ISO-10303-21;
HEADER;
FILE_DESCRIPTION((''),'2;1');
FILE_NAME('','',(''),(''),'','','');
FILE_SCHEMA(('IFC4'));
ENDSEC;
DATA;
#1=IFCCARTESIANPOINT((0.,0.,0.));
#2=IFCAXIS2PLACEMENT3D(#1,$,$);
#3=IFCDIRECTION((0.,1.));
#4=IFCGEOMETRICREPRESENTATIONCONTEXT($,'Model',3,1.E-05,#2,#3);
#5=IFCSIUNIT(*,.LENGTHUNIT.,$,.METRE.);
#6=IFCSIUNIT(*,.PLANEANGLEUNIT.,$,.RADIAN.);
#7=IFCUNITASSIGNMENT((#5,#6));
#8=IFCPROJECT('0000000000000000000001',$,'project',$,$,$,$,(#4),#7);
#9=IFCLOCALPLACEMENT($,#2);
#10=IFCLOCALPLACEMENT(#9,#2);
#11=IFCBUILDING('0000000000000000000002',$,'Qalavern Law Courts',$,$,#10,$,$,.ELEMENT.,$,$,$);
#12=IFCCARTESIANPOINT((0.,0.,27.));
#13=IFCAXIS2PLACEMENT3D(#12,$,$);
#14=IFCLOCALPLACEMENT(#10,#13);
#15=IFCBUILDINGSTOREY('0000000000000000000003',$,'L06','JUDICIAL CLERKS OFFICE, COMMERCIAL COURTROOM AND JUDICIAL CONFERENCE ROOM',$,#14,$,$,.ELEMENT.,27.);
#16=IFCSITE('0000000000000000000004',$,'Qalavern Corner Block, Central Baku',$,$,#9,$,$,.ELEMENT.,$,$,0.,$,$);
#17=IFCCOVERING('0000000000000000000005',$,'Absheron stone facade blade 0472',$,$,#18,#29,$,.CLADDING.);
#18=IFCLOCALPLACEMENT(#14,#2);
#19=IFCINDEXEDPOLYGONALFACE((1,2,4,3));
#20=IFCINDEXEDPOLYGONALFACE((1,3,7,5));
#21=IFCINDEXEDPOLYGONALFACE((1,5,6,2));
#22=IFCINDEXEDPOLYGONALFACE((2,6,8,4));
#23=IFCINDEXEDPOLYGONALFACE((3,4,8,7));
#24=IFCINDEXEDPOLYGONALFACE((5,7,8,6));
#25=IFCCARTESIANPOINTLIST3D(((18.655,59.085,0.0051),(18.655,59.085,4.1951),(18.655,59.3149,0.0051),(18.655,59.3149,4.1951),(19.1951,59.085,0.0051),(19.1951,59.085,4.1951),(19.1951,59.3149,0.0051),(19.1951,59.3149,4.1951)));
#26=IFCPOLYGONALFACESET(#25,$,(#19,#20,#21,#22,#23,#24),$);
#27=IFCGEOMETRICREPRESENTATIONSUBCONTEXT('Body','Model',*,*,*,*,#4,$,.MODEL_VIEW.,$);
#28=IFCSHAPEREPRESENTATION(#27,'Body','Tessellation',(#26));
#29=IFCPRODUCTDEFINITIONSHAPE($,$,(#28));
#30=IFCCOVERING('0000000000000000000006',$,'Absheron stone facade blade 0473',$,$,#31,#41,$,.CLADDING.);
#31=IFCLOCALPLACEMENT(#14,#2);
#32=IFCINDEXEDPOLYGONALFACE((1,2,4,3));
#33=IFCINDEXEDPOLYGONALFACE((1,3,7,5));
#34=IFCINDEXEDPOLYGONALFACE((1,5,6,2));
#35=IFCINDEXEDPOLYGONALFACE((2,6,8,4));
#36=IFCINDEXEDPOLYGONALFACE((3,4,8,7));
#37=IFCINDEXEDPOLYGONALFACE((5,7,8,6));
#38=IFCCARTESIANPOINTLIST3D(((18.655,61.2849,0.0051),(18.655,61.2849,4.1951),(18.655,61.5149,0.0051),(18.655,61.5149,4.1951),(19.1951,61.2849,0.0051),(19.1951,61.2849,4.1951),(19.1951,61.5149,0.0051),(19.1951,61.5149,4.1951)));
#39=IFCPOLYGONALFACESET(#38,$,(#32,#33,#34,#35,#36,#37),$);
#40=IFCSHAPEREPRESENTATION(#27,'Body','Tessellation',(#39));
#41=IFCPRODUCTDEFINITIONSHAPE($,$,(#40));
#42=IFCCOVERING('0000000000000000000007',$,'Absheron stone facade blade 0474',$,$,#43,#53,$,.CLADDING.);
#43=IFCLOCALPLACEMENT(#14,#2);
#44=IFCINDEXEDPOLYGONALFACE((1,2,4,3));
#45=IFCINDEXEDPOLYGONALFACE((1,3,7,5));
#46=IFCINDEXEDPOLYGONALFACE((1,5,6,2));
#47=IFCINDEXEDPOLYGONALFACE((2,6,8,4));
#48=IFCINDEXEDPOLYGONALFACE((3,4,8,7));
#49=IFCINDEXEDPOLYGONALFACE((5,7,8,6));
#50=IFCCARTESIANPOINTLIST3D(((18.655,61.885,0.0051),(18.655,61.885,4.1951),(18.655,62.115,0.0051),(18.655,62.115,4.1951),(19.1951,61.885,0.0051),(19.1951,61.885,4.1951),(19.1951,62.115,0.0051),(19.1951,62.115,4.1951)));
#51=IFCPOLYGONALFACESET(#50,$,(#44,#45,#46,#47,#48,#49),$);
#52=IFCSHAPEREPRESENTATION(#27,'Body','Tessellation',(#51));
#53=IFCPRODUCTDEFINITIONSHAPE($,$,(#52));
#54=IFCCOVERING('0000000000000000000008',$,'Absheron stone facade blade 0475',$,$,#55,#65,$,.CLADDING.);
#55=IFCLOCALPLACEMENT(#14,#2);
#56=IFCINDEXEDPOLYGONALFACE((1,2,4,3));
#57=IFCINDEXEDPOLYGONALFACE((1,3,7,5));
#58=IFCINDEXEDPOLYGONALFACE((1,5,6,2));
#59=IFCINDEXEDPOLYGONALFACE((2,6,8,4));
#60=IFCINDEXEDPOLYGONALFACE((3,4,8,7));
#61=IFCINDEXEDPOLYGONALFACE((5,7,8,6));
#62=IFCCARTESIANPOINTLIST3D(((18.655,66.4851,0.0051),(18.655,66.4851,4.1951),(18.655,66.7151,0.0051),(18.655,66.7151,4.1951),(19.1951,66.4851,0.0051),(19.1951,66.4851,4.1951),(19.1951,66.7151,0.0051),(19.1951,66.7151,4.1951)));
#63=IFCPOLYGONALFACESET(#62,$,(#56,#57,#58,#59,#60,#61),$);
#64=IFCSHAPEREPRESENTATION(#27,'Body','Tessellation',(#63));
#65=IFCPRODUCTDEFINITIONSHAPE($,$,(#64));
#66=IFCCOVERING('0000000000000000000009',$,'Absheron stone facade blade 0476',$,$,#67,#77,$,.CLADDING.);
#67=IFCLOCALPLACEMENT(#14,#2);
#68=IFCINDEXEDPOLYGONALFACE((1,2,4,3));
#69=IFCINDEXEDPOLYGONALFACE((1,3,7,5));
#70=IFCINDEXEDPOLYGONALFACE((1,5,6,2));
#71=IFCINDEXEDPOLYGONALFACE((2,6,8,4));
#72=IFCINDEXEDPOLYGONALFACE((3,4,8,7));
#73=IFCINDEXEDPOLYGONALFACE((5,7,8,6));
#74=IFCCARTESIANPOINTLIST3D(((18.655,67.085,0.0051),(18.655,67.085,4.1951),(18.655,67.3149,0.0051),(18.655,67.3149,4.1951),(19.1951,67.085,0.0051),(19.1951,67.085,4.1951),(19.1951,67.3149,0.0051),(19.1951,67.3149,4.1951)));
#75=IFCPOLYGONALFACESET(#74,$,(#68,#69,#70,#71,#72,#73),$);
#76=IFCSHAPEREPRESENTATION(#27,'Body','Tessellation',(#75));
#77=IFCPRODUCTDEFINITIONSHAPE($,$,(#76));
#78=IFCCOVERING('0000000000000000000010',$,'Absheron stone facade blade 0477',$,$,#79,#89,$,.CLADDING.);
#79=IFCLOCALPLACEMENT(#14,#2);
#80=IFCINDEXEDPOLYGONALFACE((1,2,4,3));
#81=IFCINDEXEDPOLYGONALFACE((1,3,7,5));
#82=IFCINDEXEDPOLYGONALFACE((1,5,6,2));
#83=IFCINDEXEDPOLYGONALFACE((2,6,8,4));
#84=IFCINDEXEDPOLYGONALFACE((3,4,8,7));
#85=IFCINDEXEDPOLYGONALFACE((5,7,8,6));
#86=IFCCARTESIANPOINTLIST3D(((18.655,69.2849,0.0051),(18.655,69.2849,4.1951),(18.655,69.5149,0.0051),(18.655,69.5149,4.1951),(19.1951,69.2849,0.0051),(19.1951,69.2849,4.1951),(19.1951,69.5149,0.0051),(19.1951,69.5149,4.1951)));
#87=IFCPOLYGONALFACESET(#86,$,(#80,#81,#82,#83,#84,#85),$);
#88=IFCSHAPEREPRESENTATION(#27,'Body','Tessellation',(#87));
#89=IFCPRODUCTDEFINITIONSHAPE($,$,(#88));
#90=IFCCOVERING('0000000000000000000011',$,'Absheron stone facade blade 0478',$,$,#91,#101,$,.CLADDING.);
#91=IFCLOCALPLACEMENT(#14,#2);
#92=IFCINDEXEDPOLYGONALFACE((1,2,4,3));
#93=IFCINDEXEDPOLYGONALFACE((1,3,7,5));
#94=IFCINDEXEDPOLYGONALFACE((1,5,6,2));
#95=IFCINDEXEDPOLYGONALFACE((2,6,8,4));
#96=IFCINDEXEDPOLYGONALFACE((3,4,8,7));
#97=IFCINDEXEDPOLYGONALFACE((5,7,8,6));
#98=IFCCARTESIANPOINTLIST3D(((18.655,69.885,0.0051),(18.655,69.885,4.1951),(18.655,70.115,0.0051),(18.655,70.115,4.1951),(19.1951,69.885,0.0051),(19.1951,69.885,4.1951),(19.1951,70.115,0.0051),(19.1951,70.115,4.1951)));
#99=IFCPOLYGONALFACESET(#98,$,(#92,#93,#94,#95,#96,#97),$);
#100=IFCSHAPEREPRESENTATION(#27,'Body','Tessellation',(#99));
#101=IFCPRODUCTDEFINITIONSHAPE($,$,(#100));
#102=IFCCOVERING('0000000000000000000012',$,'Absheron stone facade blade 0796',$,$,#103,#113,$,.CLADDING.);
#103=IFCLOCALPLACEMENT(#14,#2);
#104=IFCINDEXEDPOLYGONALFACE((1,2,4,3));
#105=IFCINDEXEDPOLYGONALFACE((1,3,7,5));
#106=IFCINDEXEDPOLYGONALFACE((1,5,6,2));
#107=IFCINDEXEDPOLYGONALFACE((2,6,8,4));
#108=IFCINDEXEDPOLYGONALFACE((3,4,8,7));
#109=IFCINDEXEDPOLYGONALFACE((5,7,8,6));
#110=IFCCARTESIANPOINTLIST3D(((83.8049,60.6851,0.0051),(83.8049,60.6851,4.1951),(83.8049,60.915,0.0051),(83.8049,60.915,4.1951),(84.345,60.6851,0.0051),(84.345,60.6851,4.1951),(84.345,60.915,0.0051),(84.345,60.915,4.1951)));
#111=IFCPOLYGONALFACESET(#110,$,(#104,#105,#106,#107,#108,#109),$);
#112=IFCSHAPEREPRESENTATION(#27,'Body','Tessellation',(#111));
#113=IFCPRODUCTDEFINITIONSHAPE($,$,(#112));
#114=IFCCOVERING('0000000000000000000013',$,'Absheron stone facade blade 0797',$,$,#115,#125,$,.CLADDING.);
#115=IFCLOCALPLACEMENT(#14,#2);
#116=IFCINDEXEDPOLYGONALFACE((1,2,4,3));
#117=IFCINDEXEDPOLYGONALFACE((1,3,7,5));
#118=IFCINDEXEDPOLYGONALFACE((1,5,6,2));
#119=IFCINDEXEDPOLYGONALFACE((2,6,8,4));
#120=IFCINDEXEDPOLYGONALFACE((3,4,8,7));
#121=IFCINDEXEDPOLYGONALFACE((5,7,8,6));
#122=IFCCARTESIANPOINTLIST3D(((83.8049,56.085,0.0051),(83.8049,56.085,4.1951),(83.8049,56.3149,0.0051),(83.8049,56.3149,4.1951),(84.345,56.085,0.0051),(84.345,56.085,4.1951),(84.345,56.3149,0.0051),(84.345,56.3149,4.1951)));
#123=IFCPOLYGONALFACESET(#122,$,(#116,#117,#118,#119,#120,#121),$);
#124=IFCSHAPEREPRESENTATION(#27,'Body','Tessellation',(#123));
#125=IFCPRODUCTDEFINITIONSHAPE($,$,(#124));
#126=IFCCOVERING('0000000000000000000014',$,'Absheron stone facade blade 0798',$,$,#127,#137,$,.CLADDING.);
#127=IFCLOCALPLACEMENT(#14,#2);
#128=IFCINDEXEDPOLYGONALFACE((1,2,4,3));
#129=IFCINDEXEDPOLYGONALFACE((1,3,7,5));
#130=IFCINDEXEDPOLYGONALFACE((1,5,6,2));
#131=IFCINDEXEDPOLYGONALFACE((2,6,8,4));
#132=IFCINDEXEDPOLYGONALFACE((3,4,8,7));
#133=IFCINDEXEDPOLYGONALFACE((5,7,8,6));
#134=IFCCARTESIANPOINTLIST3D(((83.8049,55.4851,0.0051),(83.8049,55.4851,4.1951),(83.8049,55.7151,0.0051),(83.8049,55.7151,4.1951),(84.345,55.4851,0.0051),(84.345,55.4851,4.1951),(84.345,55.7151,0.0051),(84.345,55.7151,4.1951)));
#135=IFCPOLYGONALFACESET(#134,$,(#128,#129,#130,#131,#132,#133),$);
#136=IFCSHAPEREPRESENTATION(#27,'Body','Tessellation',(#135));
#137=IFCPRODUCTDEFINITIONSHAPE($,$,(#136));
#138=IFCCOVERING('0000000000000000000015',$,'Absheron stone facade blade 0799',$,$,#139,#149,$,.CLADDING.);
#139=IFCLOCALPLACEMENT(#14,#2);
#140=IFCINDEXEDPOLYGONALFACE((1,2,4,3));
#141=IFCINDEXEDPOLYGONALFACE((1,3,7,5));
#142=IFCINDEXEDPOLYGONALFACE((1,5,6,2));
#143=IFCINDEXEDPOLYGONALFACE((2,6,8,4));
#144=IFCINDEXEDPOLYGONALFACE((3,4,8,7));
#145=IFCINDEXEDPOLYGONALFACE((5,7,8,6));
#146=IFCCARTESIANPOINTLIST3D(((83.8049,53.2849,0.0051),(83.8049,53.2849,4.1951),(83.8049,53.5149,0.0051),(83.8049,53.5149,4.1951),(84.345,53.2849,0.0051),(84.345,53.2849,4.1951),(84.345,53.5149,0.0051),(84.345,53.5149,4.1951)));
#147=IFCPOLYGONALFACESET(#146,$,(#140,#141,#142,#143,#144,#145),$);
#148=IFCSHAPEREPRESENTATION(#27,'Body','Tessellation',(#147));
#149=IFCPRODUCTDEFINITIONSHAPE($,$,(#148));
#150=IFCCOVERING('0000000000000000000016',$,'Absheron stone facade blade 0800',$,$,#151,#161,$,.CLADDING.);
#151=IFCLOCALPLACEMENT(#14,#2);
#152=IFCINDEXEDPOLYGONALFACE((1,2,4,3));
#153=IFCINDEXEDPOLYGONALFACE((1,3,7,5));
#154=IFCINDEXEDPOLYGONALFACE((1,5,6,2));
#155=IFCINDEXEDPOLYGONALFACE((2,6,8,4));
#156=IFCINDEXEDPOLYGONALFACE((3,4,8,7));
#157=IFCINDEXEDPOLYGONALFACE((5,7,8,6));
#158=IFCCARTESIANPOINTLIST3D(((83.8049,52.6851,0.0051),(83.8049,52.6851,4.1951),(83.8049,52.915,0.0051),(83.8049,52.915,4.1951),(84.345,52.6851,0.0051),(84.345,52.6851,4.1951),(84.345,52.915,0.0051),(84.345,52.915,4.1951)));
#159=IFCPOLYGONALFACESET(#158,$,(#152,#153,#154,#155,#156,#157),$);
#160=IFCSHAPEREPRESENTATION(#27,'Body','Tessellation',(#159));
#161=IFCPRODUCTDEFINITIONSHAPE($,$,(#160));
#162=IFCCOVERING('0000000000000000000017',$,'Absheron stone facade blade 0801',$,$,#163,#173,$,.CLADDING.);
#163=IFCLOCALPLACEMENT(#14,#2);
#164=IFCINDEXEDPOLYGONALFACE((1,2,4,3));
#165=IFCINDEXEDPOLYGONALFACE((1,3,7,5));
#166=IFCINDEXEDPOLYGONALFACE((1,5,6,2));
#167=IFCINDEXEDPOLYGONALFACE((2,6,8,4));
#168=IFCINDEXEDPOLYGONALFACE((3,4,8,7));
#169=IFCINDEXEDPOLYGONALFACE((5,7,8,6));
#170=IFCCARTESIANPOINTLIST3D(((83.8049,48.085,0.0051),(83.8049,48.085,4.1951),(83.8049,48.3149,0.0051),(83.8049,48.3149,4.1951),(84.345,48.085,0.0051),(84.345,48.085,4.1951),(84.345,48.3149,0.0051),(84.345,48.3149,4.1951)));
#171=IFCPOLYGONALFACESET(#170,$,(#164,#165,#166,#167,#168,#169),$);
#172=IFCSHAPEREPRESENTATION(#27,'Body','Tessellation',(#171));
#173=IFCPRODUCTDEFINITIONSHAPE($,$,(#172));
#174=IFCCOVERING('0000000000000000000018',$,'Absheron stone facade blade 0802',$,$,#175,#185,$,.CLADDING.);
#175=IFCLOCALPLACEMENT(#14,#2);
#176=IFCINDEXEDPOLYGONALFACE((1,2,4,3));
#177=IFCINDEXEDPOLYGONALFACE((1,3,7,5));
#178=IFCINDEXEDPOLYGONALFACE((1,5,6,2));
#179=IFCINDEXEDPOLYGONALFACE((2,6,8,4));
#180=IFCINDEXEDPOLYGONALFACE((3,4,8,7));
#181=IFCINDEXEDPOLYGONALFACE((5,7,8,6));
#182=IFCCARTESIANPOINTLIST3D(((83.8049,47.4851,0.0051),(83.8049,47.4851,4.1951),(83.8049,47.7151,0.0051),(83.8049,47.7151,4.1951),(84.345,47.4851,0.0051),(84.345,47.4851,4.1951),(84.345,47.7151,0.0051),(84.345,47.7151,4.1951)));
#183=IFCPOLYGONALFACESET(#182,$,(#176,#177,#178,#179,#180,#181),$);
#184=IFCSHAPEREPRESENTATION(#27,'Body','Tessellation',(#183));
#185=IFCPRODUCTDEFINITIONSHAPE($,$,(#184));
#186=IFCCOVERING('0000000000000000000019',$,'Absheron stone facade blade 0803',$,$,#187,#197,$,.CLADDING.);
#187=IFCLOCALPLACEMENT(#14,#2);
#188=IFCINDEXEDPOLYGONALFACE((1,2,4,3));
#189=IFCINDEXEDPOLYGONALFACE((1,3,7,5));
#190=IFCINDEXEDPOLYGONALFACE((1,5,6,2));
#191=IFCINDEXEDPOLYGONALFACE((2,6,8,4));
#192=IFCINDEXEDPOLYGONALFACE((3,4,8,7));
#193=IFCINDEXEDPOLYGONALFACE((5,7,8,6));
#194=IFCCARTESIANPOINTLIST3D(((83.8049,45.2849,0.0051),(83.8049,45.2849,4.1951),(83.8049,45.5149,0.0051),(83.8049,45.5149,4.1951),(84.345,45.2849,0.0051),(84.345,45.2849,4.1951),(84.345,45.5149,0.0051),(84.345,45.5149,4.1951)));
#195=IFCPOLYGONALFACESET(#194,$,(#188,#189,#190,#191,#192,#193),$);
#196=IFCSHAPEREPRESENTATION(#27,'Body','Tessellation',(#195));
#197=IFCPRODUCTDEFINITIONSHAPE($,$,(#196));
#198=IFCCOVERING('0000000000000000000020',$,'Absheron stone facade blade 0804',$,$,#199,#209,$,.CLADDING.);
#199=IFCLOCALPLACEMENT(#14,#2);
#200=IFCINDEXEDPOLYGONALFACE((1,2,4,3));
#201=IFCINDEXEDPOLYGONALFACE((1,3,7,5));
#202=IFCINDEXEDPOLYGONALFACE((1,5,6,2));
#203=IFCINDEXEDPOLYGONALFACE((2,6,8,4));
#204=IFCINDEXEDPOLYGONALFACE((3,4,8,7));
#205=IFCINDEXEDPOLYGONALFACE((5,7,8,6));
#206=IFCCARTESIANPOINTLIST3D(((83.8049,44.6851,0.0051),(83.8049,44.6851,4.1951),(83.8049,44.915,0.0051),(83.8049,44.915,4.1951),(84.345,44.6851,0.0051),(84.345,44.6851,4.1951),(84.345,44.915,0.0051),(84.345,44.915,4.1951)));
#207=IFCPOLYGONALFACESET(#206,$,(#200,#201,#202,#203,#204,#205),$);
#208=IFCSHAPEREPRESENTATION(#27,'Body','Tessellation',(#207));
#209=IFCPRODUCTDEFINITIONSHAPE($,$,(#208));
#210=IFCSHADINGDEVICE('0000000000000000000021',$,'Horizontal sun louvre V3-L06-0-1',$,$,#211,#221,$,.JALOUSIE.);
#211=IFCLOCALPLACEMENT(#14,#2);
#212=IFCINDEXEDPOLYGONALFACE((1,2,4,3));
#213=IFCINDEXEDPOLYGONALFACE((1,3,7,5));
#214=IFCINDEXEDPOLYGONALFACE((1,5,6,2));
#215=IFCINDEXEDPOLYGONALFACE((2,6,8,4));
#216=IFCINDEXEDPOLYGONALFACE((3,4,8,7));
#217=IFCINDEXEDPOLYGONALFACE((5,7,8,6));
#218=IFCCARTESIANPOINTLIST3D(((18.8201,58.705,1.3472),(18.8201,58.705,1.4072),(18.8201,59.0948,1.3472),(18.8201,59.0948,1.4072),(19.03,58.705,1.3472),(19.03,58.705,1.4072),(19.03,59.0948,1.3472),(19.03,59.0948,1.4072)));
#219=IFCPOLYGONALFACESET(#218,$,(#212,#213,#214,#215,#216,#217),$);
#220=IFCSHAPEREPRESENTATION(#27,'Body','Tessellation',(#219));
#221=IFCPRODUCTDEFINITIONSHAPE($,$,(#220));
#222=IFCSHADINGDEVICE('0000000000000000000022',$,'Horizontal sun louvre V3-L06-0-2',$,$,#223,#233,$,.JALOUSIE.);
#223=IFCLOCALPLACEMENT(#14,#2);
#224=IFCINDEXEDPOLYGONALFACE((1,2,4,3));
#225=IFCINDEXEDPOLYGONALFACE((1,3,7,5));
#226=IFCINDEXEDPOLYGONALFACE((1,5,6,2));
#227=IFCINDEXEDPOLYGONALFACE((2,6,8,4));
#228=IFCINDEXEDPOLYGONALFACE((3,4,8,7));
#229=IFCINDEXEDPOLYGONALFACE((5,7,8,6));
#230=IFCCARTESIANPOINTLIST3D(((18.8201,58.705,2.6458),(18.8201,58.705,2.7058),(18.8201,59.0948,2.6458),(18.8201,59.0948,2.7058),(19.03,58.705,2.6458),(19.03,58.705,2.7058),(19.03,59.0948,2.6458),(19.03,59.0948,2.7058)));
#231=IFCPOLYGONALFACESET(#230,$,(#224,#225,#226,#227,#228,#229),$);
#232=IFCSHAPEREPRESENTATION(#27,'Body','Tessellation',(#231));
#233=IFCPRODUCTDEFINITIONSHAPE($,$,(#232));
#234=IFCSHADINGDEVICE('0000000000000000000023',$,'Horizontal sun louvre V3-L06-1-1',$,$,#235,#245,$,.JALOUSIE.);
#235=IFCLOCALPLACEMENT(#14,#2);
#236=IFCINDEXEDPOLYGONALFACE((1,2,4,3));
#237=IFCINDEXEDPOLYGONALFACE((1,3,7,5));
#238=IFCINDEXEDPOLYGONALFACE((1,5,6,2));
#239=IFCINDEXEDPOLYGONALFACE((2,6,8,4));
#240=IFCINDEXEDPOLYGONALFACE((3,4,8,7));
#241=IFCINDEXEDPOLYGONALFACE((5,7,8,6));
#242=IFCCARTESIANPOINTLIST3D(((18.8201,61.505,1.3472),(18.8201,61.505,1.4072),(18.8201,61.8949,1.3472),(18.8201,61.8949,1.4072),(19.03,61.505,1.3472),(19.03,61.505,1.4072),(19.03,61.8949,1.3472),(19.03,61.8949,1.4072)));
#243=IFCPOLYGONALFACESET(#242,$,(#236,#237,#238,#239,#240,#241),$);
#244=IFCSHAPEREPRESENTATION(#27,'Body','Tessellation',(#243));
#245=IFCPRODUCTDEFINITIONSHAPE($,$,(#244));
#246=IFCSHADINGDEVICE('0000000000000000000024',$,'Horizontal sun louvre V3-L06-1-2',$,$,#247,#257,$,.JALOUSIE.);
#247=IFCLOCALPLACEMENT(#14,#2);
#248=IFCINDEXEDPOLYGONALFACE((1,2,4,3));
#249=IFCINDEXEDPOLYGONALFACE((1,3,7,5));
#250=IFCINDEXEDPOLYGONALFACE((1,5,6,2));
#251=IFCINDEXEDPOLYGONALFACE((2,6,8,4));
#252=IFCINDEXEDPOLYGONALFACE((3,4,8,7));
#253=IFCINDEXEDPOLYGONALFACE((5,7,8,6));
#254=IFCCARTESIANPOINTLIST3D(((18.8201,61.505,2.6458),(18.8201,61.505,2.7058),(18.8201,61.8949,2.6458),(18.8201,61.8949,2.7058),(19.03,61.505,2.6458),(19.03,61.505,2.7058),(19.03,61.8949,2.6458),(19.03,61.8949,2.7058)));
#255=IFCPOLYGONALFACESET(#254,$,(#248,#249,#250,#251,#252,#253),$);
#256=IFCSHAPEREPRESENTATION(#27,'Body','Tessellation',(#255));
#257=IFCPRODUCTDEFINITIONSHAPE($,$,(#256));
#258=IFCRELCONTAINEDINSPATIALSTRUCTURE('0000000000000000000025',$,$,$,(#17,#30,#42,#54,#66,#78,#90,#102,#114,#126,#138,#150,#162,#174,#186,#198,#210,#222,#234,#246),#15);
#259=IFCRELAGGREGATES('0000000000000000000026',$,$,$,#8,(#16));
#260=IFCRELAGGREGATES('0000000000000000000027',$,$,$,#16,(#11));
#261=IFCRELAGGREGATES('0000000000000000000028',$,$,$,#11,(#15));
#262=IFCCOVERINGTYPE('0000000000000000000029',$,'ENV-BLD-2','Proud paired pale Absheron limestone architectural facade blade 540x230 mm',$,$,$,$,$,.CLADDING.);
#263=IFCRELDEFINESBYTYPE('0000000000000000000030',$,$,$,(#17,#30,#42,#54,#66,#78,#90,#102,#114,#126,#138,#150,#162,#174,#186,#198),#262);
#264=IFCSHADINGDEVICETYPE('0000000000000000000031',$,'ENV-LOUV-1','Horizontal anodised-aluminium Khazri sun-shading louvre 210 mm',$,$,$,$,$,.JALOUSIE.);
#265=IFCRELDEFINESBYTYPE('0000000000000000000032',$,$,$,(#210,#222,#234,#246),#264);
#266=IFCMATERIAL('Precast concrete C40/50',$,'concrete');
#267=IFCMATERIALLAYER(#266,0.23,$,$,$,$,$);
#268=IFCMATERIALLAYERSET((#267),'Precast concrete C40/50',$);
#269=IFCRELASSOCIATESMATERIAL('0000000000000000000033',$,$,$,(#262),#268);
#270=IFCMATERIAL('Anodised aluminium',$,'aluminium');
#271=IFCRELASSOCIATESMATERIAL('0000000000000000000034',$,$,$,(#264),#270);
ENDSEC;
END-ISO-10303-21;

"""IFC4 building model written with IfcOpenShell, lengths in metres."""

from ifc_helpers import new_model, si_unit, direction, frame, origin, origin_2d, place, context, subcontext, project, spatial, rectangle, extrude, material, layer, layer_set, type_object, element, save


model = new_model("IFC4")

# Units and contexts
model_context = context("Model", 3, precision=1e-05, world=origin(), true_north=direction((0.0, 1.0)))
body_context = subcontext(model_context, "Body", "Model", "MODEL_VIEW")
ifc_project = project(units=[si_unit("LENGTHUNIT", "METRE"), si_unit("PLANEANGLEUNIT", "RADIAN")], contexts=[model_context])

# Site, building, storey
site_placement = place(None, origin())
site = spatial("IfcSite", under=ifc_project, at=site_placement, Name="Qalavern Corner Block, Central Baku", CompositionType="ELEMENT", RefElevation=0.0)
building_placement = place(site_placement, origin())
building = spatial("IfcBuilding", under=site, at=building_placement, Name="Qalavern Law Courts", CompositionType="ELEMENT")
storey_placement = place(building_placement, frame((0.0, 0.0, 27.0)))
storey = spatial("IfcBuildingStorey", under=building, at=storey_placement, Name="L06", Description="JUDICIAL CLERKS OFFICE, COMMERCIAL COURTROOM AND JUDICIAL CONFERENCE ROOM", CompositionType="ELEMENT", Elevation=27.0)

# Coverings
ifc_material_1 = material(Name="Precast concrete C40/50", Category="concrete")
ifc_layer = layer(ifc_material_1, 0.23)
ifc_layer_set = layer_set([ifc_layer], Name="Precast concrete C40/50")
covering_type = type_object("IfcCoveringType", Name="ENV-BLD-2", Description="Proud paired pale Absheron limestone architectural facade blade 540x230 mm", PredefinedType="CLADDING", material=ifc_layer_set)
for number, where, z_axis, x_axis, name in (
    (1, (18.925, 59.2, 0.0051), (0.0, 0.0, 1.0), (1.0, 0.0, 0.0), "Absheron stone facade blade 0472"),
    (2, (18.925, 61.3999, 0.0051), (0.0, 0.0, 1.0), (1.0, 0.0, 0.0), "Absheron stone facade blade 0473"),
    (3, (18.925, 62.0, 0.0051), (0.0, 0.0, 1.0), (1.0, 0.0, 0.0), "Absheron stone facade blade 0474"),
    (4, (18.925, 66.6001, 0.0051), (0.0, 0.0, 1.0), (1.0, 0.0, 0.0), "Absheron stone facade blade 0475"),
    (5, (18.925, 67.2, 0.0051), (0.0, 0.0, 1.0), (1.0, 0.0, 0.0), "Absheron stone facade blade 0476"),
    (6, (18.925, 69.3999, 0.0051), (0.0, 0.0, 1.0), (1.0, 0.0, 0.0), "Absheron stone facade blade 0477"),
    (7, (18.925, 70.0, 0.0051), (0.0, 0.0, 1.0), (1.0, 0.0, 0.0), "Absheron stone facade blade 0478"),
    (8, (84.075, 60.8, 0.0051), (0.0, 0.0, 1.0), (-1.0, 0.0, 0.0), "Absheron stone facade blade 0796"),
    (9, (84.075, 56.2, 0.0051), (0.0, 0.0, 1.0), (-1.0, 0.0, 0.0), "Absheron stone facade blade 0797"),
    (10, (84.075, 55.6001, 0.0051), (0.0, 0.0, 1.0), (-1.0, 0.0, 0.0), "Absheron stone facade blade 0798"),
    (11, (84.075, 53.3999, 0.0051), (0.0, 0.0, 1.0), (-1.0, 0.0, 0.0), "Absheron stone facade blade 0799"),
    (12, (84.075, 52.8, 0.0051), (0.0, 0.0, 1.0), (-1.0, 0.0, 0.0), "Absheron stone facade blade 0800"),
    (13, (84.075, 48.2, 0.0051), (0.0, 0.0, 1.0), (-1.0, 0.0, 0.0), "Absheron stone facade blade 0801"),
    (14, (84.075, 47.6001, 0.0051), (0.0, 0.0, 1.0), (-1.0, 0.0, 0.0), "Absheron stone facade blade 0802"),
    (15, (84.075, 45.3999, 0.0051), (0.0, 0.0, 1.0), (-1.0, 0.0, 0.0), "Absheron stone facade blade 0803"),
    (16, (84.075, 44.8, 0.0051), (0.0, 0.0, 1.0), (-1.0, 0.0, 0.0), "Absheron stone facade blade 0804"),
):
    element("IfcCovering", number, at=place(storey_placement, frame(where, z_axis=z_axis, x_axis=x_axis)), inside=storey, type_object=covering_type, Name=name, PredefinedType="CLADDING", context=body_context, shape_type="SweptSolid", body=[
        extrude(rectangle(XDim=0.54, YDim=0.23, at=origin_2d()), origin(), (0.0, 0.0, 1.0), 4.1899),
    ])

# Shading devices
ifc_material_2 = material(Name="Anodised aluminium", Category="aluminium")
shading_device_type_1 = type_object("IfcShadingDeviceType", Name="ENV-LOUV-1", Description="Horizontal anodised-aluminium Khazri sun-shading louvre 210 mm", PredefinedType="JALOUSIE", material=ifc_material_2)
for number, where, z_axis, x_axis, name in (
    (17, (18.925, 58.8999, 1.3472), (0.0, 0.0, 1.0), (0.0, 1.0, 0.0), "Horizontal sun louvre V3-L06-0-1"),
    (18, (18.925, 58.8999, 2.6458), (0.0, 0.0, 1.0), (0.0, 1.0, 0.0), "Horizontal sun louvre V3-L06-0-2"),
    (19, (18.925, 61.7, 1.3472), (0.0, 0.0, 1.0), (0.0, 1.0, 0.0), "Horizontal sun louvre V3-L06-1-1"),
    (20, (18.925, 61.7, 2.6458), (0.0, 0.0, 1.0), (0.0, 1.0, 0.0), "Horizontal sun louvre V3-L06-1-2"),
):
    element("IfcShadingDevice", number, at=place(storey_placement, frame(where, z_axis=z_axis, x_axis=x_axis)), inside=storey, type_object=shading_device_type_1, Name=name, PredefinedType="JALOUSIE", context=body_context, shape_type="SweptSolid", body=[
        extrude(rectangle(XDim=0.3899, YDim=0.21, at=origin_2d()), origin(), (0.0, 0.0, 1.0), 0.0601),
    ])

save(model, "model.ifc")
